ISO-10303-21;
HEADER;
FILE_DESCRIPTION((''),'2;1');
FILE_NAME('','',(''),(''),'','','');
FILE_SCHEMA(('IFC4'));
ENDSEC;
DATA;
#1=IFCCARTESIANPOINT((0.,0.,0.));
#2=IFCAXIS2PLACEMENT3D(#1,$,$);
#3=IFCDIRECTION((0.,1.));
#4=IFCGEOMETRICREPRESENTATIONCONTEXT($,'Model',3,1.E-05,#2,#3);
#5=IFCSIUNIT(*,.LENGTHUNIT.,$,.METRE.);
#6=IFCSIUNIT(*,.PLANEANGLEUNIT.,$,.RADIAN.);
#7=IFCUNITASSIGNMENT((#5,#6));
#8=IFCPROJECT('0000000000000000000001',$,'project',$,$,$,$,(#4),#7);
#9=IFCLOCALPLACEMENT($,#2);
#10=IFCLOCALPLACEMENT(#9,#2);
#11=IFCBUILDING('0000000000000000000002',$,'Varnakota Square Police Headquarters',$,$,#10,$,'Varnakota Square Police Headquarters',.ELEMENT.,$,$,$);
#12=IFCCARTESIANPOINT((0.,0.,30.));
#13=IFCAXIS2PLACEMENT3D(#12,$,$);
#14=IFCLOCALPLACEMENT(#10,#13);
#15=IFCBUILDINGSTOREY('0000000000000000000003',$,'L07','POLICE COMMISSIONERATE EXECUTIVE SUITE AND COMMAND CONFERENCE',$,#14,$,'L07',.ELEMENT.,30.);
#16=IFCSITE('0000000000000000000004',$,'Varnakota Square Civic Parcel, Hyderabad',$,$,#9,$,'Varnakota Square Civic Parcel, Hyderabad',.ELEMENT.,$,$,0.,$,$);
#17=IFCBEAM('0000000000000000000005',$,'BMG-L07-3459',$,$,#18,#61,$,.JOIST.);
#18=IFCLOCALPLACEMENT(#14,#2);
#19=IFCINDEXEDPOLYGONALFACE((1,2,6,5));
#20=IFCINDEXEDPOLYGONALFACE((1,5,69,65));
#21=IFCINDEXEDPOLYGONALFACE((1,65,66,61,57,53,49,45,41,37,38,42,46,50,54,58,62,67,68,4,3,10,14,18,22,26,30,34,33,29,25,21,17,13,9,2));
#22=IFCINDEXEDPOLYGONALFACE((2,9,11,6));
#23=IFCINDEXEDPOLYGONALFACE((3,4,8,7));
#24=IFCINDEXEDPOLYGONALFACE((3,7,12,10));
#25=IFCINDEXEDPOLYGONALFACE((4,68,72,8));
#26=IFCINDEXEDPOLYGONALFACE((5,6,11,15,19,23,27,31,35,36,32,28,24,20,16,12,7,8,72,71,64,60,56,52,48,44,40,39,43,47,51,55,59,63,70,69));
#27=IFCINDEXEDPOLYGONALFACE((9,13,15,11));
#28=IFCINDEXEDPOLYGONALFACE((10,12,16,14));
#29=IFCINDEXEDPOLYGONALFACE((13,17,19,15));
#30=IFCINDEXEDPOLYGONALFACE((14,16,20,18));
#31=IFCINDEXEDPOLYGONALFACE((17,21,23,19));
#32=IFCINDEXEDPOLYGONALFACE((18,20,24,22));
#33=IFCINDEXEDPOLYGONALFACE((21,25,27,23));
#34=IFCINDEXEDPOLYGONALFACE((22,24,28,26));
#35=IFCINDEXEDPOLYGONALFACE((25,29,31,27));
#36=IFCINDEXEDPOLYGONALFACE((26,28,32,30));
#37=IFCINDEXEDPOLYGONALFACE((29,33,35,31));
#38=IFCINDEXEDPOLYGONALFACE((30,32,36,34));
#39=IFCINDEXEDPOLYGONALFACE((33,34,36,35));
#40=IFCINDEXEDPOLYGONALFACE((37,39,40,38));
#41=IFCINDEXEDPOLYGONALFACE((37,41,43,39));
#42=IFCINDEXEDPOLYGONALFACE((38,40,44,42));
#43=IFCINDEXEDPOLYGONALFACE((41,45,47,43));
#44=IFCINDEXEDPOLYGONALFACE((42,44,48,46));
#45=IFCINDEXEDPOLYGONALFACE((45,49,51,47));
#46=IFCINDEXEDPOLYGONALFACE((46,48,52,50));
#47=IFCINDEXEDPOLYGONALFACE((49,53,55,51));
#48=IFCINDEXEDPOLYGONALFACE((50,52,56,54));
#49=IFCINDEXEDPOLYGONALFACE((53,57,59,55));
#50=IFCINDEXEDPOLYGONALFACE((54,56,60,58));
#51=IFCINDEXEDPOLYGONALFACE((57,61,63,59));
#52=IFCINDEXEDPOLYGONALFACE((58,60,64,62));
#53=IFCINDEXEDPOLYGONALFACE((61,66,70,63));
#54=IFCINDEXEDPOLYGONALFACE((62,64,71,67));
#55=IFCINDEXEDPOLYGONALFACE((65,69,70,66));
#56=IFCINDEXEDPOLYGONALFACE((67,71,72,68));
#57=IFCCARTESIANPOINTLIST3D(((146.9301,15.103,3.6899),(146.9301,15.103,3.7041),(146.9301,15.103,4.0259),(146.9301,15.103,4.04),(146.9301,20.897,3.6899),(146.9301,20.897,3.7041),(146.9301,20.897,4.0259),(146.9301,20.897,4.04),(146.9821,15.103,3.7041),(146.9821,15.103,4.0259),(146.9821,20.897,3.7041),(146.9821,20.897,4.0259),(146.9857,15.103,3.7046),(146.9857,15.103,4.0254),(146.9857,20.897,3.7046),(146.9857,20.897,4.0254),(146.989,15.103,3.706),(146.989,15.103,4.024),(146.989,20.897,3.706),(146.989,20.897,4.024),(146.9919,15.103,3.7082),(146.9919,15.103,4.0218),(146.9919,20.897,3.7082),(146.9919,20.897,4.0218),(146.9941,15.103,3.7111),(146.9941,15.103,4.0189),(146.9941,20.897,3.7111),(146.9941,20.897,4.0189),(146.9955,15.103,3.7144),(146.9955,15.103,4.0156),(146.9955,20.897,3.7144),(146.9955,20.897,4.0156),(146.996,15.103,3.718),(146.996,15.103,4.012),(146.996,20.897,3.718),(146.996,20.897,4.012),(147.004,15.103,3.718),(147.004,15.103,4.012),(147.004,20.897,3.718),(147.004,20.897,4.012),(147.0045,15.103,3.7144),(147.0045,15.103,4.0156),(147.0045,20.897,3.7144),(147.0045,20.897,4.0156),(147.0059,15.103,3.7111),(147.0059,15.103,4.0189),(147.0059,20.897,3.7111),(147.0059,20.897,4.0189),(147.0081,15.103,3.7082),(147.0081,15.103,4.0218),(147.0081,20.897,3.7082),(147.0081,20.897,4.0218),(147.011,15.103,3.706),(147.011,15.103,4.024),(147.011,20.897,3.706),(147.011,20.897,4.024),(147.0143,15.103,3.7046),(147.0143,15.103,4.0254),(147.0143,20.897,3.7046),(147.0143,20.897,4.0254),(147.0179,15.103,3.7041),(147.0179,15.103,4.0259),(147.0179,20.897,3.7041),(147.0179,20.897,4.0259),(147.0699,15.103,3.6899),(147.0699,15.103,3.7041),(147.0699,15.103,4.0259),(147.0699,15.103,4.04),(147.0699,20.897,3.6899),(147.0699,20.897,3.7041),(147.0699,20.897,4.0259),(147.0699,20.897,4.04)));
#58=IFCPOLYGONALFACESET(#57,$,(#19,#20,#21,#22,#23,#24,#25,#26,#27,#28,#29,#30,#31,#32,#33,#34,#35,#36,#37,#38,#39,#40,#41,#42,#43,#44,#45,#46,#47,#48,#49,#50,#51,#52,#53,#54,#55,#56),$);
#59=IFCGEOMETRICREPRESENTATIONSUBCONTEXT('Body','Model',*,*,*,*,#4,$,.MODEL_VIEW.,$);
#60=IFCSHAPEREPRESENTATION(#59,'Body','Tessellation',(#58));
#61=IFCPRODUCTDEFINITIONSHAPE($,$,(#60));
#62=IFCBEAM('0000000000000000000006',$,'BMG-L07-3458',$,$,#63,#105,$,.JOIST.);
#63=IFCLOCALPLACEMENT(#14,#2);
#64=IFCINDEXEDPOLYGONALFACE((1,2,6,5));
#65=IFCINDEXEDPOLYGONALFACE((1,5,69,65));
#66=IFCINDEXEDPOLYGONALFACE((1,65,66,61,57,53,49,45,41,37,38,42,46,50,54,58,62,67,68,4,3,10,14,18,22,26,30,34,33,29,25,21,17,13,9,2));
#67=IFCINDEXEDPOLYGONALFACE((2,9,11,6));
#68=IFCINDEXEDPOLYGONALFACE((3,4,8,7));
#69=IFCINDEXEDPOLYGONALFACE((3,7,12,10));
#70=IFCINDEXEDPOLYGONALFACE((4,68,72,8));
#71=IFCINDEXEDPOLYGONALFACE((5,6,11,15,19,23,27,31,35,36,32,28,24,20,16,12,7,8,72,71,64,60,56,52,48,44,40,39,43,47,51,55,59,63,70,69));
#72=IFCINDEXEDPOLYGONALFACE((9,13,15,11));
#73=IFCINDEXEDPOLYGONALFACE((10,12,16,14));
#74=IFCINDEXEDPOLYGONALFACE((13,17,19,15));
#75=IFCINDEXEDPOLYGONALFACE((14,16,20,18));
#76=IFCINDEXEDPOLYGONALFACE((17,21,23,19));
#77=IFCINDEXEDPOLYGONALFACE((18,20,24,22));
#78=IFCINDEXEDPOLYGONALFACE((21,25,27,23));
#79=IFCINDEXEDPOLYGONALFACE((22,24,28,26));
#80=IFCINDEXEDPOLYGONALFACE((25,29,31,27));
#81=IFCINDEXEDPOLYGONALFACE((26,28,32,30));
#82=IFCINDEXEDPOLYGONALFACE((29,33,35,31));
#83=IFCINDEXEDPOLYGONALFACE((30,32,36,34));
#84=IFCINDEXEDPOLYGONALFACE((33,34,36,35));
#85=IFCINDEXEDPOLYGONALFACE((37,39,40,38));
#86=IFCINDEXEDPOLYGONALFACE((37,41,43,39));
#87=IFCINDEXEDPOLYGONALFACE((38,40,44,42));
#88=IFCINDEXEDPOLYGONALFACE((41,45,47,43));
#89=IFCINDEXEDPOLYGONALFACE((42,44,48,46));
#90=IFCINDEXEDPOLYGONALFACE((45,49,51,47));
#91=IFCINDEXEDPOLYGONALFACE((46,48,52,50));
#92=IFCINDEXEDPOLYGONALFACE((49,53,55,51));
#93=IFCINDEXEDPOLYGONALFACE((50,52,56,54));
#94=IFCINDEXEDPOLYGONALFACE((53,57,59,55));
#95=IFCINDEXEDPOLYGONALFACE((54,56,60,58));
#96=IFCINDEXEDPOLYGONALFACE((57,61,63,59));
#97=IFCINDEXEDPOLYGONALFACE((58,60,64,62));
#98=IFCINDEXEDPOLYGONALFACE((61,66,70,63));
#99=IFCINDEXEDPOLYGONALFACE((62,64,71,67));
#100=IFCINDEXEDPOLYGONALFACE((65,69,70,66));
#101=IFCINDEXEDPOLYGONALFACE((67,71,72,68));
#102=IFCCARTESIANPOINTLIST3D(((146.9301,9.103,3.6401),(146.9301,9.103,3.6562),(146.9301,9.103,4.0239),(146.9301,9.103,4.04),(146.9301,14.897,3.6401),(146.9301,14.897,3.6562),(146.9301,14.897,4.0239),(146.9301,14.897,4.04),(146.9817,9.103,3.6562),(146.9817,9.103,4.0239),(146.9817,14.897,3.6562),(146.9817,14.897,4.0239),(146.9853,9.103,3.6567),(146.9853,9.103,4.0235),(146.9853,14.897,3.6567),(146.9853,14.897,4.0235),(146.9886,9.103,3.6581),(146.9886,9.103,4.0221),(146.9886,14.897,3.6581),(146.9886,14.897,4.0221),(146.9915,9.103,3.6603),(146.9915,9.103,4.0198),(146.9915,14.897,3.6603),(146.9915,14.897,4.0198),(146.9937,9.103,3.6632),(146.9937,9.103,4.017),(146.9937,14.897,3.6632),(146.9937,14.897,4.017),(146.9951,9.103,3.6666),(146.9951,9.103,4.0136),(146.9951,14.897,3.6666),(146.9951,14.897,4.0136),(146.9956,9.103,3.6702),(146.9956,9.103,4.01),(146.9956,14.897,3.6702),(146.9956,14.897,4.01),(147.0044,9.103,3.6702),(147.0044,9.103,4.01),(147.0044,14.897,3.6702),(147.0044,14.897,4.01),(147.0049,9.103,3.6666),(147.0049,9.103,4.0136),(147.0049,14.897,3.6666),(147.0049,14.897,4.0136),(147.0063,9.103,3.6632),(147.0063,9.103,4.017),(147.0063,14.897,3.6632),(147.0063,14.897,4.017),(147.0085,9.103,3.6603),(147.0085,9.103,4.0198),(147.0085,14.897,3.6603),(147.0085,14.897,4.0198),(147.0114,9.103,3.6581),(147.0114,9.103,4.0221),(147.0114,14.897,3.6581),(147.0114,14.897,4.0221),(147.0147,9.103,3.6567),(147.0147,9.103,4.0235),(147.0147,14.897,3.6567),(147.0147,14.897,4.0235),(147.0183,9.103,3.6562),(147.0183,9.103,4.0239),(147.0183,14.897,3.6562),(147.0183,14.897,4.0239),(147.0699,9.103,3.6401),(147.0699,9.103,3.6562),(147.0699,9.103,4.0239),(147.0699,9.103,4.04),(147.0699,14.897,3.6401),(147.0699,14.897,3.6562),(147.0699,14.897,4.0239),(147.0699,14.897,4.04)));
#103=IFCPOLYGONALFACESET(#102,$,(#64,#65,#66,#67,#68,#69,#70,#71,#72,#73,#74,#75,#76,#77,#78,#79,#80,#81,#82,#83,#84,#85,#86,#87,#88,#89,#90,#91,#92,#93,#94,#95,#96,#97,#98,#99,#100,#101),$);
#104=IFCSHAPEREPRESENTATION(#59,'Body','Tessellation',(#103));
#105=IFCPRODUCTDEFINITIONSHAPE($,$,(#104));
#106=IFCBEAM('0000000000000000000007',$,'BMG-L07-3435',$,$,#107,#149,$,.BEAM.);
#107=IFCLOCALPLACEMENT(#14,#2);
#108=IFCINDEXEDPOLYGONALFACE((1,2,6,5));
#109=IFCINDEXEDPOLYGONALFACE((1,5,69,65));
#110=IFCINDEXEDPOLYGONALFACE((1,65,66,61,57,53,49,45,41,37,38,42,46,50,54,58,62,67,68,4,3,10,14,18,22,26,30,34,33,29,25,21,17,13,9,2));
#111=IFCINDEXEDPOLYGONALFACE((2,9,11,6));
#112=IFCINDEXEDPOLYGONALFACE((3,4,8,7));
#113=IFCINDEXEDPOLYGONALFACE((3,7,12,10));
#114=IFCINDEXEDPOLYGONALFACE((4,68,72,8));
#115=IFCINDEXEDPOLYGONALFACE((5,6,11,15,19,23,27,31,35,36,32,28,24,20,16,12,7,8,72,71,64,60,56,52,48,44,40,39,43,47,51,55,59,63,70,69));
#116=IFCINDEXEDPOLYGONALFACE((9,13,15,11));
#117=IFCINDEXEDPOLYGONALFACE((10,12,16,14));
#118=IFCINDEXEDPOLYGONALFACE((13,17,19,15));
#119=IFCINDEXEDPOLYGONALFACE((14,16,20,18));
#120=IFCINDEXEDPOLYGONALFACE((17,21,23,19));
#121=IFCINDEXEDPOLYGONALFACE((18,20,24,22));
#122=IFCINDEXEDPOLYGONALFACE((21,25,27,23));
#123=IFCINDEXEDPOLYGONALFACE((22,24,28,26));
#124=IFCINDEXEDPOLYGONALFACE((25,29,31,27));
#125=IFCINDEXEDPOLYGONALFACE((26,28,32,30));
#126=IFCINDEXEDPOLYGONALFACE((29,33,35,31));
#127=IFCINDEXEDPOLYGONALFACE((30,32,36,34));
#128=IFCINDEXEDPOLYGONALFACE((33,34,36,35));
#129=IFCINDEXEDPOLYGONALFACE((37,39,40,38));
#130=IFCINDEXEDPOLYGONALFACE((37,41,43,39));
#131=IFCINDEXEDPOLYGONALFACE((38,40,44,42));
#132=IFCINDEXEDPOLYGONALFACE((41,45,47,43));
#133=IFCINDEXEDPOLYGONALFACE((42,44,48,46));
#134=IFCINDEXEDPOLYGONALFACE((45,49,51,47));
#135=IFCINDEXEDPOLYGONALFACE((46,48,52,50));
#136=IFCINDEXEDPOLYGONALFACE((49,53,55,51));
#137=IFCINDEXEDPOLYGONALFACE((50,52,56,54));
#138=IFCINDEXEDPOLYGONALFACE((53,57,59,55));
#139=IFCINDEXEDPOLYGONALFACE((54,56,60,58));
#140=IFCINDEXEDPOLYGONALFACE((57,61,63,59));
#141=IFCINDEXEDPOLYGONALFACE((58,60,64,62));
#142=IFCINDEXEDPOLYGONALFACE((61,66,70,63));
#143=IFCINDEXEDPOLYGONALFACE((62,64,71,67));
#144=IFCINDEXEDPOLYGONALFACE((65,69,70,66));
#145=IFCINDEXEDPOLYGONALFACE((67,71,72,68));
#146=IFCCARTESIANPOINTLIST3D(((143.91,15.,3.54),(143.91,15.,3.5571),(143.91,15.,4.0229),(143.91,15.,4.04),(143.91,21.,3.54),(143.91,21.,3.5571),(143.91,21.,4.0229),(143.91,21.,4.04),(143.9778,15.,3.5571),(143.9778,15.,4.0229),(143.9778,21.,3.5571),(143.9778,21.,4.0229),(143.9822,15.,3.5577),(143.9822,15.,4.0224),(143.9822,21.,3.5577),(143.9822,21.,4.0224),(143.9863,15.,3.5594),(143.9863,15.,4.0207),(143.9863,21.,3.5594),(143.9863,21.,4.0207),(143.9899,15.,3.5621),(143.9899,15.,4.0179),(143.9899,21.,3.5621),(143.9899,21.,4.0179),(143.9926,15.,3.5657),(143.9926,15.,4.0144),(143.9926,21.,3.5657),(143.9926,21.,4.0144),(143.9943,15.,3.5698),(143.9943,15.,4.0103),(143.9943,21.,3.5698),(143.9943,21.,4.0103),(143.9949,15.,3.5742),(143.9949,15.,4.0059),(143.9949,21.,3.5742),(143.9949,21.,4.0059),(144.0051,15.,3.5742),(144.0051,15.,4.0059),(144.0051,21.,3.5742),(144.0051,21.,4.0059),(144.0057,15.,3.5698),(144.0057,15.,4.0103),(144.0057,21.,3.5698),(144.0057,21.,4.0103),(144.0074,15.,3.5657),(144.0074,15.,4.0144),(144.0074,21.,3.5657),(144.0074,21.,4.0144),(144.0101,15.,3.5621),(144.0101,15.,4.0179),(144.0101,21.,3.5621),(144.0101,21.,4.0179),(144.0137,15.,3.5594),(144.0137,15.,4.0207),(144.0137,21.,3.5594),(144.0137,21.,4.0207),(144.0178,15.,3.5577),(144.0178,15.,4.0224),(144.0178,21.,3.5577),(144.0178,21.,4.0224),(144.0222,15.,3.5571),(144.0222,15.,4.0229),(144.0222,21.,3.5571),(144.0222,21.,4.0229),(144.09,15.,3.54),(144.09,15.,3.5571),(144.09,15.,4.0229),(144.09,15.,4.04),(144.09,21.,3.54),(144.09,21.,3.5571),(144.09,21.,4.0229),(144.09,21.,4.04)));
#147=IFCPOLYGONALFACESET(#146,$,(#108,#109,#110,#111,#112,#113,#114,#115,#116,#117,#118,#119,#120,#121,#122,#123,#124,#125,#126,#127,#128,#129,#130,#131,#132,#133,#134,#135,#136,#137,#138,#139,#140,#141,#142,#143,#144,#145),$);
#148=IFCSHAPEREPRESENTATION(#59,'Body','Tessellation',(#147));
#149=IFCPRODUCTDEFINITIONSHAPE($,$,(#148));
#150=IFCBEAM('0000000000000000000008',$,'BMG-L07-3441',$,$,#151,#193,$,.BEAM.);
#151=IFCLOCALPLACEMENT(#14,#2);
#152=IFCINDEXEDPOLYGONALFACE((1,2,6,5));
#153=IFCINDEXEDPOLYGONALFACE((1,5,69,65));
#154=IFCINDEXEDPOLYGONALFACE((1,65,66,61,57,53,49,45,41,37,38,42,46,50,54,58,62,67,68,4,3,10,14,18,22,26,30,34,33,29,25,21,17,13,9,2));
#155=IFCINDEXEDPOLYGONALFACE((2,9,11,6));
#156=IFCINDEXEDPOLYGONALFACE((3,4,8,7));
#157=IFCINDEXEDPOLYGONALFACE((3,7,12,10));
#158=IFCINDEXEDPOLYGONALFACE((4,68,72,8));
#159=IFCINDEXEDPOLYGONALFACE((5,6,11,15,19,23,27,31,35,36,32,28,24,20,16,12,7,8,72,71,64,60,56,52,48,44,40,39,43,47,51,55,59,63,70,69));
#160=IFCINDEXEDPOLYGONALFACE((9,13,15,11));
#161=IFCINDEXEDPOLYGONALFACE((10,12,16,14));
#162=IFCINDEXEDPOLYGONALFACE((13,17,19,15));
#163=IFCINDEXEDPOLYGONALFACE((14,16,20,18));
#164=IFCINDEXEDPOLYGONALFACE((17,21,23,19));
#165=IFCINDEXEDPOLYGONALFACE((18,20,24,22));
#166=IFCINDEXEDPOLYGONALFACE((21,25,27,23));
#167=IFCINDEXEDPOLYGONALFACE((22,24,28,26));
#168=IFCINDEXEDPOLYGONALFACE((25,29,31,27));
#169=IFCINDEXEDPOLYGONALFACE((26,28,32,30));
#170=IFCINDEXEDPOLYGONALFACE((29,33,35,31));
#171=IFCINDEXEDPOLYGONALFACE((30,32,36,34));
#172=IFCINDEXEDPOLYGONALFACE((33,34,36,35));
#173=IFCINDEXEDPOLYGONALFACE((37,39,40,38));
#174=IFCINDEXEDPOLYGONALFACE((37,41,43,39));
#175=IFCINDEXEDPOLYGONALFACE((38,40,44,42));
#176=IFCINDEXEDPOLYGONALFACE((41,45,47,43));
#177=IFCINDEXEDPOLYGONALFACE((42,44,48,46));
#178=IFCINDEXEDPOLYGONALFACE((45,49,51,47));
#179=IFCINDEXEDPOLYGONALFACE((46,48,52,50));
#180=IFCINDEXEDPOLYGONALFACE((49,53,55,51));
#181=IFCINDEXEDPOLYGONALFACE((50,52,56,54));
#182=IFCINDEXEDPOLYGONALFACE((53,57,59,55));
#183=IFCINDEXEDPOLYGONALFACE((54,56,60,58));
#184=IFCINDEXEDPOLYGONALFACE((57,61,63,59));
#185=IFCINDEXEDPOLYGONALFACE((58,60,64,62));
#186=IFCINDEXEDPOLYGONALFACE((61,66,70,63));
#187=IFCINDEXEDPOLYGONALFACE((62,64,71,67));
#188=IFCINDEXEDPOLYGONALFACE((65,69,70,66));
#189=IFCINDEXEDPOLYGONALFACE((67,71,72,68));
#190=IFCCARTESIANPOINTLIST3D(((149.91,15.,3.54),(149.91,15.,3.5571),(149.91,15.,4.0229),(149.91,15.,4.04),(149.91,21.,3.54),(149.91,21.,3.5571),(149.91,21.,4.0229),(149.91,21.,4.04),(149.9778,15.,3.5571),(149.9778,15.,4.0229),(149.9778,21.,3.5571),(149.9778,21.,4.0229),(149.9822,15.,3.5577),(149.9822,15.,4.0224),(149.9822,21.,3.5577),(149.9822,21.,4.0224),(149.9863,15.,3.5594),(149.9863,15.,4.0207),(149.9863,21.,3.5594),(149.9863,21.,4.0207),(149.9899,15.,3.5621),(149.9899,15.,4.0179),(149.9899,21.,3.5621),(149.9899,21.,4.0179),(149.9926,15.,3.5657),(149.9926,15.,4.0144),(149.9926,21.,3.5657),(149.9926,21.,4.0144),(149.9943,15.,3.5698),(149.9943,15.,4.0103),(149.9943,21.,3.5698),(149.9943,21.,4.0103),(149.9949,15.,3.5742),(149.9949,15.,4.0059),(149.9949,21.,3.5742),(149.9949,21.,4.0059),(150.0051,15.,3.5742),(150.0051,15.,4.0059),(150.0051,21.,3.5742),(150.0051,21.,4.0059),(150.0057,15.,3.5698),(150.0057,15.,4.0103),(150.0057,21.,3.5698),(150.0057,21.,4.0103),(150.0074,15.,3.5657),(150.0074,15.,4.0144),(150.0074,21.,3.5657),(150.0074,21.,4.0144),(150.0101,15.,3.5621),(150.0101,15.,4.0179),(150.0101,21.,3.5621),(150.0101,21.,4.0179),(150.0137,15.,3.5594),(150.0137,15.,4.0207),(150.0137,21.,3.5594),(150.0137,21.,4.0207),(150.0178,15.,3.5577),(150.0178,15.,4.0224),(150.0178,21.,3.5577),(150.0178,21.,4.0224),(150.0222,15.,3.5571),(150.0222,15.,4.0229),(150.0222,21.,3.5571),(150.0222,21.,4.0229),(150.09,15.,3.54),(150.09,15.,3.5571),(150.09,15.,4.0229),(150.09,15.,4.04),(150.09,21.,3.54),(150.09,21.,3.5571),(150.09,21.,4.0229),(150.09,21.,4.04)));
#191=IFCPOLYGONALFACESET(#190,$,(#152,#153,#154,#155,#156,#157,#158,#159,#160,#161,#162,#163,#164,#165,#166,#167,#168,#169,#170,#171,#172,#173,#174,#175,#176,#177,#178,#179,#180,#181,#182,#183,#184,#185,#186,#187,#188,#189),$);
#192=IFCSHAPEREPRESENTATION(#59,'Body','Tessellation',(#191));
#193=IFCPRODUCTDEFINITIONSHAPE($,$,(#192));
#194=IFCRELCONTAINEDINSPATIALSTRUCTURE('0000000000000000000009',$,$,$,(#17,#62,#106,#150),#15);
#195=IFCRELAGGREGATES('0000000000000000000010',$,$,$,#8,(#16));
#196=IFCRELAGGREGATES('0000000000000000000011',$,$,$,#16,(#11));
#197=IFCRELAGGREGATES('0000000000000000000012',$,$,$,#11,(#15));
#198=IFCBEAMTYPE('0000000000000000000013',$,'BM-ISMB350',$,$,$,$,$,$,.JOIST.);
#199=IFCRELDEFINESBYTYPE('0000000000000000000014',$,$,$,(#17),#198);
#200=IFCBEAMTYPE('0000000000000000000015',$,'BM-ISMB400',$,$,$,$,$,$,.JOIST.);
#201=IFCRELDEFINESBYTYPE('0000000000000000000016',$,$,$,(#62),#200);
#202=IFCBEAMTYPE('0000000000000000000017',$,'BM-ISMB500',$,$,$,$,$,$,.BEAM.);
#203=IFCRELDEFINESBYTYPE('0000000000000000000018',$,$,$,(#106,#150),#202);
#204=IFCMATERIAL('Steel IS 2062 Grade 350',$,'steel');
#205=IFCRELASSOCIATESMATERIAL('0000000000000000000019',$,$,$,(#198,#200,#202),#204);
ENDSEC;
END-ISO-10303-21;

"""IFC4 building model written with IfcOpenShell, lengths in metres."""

from ifc_helpers import new_model, si_unit, direction, frame, origin, origin_2d, place, context, subcontext, project, spatial, i_section, extrude, material, material_profile, profile_set, type_object, element, save


model = new_model("IFC4")

# Units and contexts
model_context = context("Model", 3, precision=1e-05, world=origin(), true_north=direction((0.0, 1.0)))
body_context = subcontext(model_context, "Body", "Model", "MODEL_VIEW")
ifc_project = project(units=[si_unit("LENGTHUNIT", "METRE"), si_unit("PLANEANGLEUNIT", "RADIAN")], contexts=[model_context])

# Site, building, storey
site_placement = place(None, origin())
site = spatial("IfcSite", under=ifc_project, at=site_placement, Name="Varnakota Square Civic Parcel, Hyderabad", LongName="Varnakota Square Civic Parcel, Hyderabad", CompositionType="ELEMENT", RefElevation=0.0)
building_placement = place(site_placement, origin())
building = spatial("IfcBuilding", under=site, at=building_placement, Name="Varnakota Square Police Headquarters", LongName="Varnakota Square Police Headquarters", CompositionType="ELEMENT")
storey_placement = place(building_placement, frame((0.0, 0.0, 30.0)))
storey = spatial("IfcBuildingStorey", under=building, at=storey_placement, Name="L07", Description="POLICE COMMISSIONERATE EXECUTIVE SUITE AND COMMAND CONFERENCE", LongName="L07", CompositionType="ELEMENT", Elevation=30.0)

# Shared definitions
ifc_material_1 = material(Name="Steel IS 2062 Grade 350", Category="steel")

# Beams
ifc_material_profile_1 = material_profile(ifc_material_1, i_section(OverallWidth=0.1399, OverallDepth=0.3501, WebThickness=0.0081, FlangeThickness=0.0142, FilletRadius=0.0139, at=origin_2d()), Name="ISMB 350")
ifc_profile_set_1 = profile_set([ifc_material_profile_1], Name="Steel IS 2062 Grade 350")
beam_type_1 = type_object("IfcBeamType", Name="BM-ISMB350", PredefinedType="JOIST", material=ifc_profile_set_1)
beam_1_placement = place(storey_placement, frame((147.0, 15.103, 3.865), z_axis=(0.0, 1.0, 0.0), x_axis=(-1.0, 0.0, 0.0)))
element("IfcBeam", 1, at=beam_1_placement, inside=storey, type_object=beam_type_1, Name="BMG-L07-3459", PredefinedType="JOIST", context=body_context, shape_type="SweptSolid", body=[
    extrude(i_section(OverallWidth=0.1399, OverallDepth=0.3501, WebThickness=0.0081, FlangeThickness=0.0142, FilletRadius=0.0139, at=origin_2d()), origin(), (0.0, 0.0, 1.0), 5.7939),
])
ifc_material_profile_2 = material_profile(ifc_material_1, i_section(OverallWidth=0.1399, OverallDepth=0.3999, WebThickness=0.0088, FlangeThickness=0.0161, FilletRadius=0.0139, at=origin_2d()), Name="ISMB 400")
ifc_profile_set_2 = profile_set([ifc_material_profile_2], Name="Steel IS 2062 Grade 350")
beam_type_2 = type_object("IfcBeamType", Name="BM-ISMB400", PredefinedType="JOIST", material=ifc_profile_set_2)
beam_2_placement = place(storey_placement, frame((147.0, 9.103, 3.8401), z_axis=(0.0, 1.0, 0.0), x_axis=(-1.0, 0.0, 0.0)))
element("IfcBeam", 2, at=beam_2_placement, inside=storey, type_object=beam_type_2, Name="BMG-L07-3458", PredefinedType="JOIST", context=body_context, shape_type="SweptSolid", body=[
    extrude(i_section(OverallWidth=0.1399, OverallDepth=0.3999, WebThickness=0.0088, FlangeThickness=0.0161, FilletRadius=0.0139, at=origin_2d()), origin(), (0.0, 0.0, 1.0), 5.7939),
])
ifc_material_profile_3 = material_profile(ifc_material_1, i_section(OverallWidth=0.1799, OverallDepth=0.5, WebThickness=0.0103, FlangeThickness=0.0171, FilletRadius=0.0171, at=origin_2d()), Name="ISMB 500")
ifc_profile_set_3 = profile_set([ifc_material_profile_3], Name="Steel IS 2062 Grade 350")
beam_type_3 = type_object("IfcBeamType", Name="BM-ISMB500", PredefinedType="BEAM", material=ifc_profile_set_3)
for number, where, z_axis, x_axis, name in (
    (3, (144.0, 15.0, 3.79), (0.0, 1.0, 0.0), (-1.0, 0.0, 0.0), "BMG-L07-3435"),
    (4, (150.0, 15.0, 3.79), (0.0, 1.0, 0.0), (-1.0, 0.0, 0.0), "BMG-L07-3441"),
):
    element("IfcBeam", number, at=place(storey_placement, frame(where, z_axis=z_axis, x_axis=x_axis)), inside=storey, type_object=beam_type_3, Name=name, PredefinedType="BEAM", context=body_context, shape_type="SweptSolid", body=[
        extrude(i_section(OverallWidth=0.1799, OverallDepth=0.5, WebThickness=0.0103, FlangeThickness=0.0171, FilletRadius=0.0171, at=origin_2d()), origin(), (0.0, 0.0, 1.0), 6.0),
    ])

save(model, "model.ifc")
